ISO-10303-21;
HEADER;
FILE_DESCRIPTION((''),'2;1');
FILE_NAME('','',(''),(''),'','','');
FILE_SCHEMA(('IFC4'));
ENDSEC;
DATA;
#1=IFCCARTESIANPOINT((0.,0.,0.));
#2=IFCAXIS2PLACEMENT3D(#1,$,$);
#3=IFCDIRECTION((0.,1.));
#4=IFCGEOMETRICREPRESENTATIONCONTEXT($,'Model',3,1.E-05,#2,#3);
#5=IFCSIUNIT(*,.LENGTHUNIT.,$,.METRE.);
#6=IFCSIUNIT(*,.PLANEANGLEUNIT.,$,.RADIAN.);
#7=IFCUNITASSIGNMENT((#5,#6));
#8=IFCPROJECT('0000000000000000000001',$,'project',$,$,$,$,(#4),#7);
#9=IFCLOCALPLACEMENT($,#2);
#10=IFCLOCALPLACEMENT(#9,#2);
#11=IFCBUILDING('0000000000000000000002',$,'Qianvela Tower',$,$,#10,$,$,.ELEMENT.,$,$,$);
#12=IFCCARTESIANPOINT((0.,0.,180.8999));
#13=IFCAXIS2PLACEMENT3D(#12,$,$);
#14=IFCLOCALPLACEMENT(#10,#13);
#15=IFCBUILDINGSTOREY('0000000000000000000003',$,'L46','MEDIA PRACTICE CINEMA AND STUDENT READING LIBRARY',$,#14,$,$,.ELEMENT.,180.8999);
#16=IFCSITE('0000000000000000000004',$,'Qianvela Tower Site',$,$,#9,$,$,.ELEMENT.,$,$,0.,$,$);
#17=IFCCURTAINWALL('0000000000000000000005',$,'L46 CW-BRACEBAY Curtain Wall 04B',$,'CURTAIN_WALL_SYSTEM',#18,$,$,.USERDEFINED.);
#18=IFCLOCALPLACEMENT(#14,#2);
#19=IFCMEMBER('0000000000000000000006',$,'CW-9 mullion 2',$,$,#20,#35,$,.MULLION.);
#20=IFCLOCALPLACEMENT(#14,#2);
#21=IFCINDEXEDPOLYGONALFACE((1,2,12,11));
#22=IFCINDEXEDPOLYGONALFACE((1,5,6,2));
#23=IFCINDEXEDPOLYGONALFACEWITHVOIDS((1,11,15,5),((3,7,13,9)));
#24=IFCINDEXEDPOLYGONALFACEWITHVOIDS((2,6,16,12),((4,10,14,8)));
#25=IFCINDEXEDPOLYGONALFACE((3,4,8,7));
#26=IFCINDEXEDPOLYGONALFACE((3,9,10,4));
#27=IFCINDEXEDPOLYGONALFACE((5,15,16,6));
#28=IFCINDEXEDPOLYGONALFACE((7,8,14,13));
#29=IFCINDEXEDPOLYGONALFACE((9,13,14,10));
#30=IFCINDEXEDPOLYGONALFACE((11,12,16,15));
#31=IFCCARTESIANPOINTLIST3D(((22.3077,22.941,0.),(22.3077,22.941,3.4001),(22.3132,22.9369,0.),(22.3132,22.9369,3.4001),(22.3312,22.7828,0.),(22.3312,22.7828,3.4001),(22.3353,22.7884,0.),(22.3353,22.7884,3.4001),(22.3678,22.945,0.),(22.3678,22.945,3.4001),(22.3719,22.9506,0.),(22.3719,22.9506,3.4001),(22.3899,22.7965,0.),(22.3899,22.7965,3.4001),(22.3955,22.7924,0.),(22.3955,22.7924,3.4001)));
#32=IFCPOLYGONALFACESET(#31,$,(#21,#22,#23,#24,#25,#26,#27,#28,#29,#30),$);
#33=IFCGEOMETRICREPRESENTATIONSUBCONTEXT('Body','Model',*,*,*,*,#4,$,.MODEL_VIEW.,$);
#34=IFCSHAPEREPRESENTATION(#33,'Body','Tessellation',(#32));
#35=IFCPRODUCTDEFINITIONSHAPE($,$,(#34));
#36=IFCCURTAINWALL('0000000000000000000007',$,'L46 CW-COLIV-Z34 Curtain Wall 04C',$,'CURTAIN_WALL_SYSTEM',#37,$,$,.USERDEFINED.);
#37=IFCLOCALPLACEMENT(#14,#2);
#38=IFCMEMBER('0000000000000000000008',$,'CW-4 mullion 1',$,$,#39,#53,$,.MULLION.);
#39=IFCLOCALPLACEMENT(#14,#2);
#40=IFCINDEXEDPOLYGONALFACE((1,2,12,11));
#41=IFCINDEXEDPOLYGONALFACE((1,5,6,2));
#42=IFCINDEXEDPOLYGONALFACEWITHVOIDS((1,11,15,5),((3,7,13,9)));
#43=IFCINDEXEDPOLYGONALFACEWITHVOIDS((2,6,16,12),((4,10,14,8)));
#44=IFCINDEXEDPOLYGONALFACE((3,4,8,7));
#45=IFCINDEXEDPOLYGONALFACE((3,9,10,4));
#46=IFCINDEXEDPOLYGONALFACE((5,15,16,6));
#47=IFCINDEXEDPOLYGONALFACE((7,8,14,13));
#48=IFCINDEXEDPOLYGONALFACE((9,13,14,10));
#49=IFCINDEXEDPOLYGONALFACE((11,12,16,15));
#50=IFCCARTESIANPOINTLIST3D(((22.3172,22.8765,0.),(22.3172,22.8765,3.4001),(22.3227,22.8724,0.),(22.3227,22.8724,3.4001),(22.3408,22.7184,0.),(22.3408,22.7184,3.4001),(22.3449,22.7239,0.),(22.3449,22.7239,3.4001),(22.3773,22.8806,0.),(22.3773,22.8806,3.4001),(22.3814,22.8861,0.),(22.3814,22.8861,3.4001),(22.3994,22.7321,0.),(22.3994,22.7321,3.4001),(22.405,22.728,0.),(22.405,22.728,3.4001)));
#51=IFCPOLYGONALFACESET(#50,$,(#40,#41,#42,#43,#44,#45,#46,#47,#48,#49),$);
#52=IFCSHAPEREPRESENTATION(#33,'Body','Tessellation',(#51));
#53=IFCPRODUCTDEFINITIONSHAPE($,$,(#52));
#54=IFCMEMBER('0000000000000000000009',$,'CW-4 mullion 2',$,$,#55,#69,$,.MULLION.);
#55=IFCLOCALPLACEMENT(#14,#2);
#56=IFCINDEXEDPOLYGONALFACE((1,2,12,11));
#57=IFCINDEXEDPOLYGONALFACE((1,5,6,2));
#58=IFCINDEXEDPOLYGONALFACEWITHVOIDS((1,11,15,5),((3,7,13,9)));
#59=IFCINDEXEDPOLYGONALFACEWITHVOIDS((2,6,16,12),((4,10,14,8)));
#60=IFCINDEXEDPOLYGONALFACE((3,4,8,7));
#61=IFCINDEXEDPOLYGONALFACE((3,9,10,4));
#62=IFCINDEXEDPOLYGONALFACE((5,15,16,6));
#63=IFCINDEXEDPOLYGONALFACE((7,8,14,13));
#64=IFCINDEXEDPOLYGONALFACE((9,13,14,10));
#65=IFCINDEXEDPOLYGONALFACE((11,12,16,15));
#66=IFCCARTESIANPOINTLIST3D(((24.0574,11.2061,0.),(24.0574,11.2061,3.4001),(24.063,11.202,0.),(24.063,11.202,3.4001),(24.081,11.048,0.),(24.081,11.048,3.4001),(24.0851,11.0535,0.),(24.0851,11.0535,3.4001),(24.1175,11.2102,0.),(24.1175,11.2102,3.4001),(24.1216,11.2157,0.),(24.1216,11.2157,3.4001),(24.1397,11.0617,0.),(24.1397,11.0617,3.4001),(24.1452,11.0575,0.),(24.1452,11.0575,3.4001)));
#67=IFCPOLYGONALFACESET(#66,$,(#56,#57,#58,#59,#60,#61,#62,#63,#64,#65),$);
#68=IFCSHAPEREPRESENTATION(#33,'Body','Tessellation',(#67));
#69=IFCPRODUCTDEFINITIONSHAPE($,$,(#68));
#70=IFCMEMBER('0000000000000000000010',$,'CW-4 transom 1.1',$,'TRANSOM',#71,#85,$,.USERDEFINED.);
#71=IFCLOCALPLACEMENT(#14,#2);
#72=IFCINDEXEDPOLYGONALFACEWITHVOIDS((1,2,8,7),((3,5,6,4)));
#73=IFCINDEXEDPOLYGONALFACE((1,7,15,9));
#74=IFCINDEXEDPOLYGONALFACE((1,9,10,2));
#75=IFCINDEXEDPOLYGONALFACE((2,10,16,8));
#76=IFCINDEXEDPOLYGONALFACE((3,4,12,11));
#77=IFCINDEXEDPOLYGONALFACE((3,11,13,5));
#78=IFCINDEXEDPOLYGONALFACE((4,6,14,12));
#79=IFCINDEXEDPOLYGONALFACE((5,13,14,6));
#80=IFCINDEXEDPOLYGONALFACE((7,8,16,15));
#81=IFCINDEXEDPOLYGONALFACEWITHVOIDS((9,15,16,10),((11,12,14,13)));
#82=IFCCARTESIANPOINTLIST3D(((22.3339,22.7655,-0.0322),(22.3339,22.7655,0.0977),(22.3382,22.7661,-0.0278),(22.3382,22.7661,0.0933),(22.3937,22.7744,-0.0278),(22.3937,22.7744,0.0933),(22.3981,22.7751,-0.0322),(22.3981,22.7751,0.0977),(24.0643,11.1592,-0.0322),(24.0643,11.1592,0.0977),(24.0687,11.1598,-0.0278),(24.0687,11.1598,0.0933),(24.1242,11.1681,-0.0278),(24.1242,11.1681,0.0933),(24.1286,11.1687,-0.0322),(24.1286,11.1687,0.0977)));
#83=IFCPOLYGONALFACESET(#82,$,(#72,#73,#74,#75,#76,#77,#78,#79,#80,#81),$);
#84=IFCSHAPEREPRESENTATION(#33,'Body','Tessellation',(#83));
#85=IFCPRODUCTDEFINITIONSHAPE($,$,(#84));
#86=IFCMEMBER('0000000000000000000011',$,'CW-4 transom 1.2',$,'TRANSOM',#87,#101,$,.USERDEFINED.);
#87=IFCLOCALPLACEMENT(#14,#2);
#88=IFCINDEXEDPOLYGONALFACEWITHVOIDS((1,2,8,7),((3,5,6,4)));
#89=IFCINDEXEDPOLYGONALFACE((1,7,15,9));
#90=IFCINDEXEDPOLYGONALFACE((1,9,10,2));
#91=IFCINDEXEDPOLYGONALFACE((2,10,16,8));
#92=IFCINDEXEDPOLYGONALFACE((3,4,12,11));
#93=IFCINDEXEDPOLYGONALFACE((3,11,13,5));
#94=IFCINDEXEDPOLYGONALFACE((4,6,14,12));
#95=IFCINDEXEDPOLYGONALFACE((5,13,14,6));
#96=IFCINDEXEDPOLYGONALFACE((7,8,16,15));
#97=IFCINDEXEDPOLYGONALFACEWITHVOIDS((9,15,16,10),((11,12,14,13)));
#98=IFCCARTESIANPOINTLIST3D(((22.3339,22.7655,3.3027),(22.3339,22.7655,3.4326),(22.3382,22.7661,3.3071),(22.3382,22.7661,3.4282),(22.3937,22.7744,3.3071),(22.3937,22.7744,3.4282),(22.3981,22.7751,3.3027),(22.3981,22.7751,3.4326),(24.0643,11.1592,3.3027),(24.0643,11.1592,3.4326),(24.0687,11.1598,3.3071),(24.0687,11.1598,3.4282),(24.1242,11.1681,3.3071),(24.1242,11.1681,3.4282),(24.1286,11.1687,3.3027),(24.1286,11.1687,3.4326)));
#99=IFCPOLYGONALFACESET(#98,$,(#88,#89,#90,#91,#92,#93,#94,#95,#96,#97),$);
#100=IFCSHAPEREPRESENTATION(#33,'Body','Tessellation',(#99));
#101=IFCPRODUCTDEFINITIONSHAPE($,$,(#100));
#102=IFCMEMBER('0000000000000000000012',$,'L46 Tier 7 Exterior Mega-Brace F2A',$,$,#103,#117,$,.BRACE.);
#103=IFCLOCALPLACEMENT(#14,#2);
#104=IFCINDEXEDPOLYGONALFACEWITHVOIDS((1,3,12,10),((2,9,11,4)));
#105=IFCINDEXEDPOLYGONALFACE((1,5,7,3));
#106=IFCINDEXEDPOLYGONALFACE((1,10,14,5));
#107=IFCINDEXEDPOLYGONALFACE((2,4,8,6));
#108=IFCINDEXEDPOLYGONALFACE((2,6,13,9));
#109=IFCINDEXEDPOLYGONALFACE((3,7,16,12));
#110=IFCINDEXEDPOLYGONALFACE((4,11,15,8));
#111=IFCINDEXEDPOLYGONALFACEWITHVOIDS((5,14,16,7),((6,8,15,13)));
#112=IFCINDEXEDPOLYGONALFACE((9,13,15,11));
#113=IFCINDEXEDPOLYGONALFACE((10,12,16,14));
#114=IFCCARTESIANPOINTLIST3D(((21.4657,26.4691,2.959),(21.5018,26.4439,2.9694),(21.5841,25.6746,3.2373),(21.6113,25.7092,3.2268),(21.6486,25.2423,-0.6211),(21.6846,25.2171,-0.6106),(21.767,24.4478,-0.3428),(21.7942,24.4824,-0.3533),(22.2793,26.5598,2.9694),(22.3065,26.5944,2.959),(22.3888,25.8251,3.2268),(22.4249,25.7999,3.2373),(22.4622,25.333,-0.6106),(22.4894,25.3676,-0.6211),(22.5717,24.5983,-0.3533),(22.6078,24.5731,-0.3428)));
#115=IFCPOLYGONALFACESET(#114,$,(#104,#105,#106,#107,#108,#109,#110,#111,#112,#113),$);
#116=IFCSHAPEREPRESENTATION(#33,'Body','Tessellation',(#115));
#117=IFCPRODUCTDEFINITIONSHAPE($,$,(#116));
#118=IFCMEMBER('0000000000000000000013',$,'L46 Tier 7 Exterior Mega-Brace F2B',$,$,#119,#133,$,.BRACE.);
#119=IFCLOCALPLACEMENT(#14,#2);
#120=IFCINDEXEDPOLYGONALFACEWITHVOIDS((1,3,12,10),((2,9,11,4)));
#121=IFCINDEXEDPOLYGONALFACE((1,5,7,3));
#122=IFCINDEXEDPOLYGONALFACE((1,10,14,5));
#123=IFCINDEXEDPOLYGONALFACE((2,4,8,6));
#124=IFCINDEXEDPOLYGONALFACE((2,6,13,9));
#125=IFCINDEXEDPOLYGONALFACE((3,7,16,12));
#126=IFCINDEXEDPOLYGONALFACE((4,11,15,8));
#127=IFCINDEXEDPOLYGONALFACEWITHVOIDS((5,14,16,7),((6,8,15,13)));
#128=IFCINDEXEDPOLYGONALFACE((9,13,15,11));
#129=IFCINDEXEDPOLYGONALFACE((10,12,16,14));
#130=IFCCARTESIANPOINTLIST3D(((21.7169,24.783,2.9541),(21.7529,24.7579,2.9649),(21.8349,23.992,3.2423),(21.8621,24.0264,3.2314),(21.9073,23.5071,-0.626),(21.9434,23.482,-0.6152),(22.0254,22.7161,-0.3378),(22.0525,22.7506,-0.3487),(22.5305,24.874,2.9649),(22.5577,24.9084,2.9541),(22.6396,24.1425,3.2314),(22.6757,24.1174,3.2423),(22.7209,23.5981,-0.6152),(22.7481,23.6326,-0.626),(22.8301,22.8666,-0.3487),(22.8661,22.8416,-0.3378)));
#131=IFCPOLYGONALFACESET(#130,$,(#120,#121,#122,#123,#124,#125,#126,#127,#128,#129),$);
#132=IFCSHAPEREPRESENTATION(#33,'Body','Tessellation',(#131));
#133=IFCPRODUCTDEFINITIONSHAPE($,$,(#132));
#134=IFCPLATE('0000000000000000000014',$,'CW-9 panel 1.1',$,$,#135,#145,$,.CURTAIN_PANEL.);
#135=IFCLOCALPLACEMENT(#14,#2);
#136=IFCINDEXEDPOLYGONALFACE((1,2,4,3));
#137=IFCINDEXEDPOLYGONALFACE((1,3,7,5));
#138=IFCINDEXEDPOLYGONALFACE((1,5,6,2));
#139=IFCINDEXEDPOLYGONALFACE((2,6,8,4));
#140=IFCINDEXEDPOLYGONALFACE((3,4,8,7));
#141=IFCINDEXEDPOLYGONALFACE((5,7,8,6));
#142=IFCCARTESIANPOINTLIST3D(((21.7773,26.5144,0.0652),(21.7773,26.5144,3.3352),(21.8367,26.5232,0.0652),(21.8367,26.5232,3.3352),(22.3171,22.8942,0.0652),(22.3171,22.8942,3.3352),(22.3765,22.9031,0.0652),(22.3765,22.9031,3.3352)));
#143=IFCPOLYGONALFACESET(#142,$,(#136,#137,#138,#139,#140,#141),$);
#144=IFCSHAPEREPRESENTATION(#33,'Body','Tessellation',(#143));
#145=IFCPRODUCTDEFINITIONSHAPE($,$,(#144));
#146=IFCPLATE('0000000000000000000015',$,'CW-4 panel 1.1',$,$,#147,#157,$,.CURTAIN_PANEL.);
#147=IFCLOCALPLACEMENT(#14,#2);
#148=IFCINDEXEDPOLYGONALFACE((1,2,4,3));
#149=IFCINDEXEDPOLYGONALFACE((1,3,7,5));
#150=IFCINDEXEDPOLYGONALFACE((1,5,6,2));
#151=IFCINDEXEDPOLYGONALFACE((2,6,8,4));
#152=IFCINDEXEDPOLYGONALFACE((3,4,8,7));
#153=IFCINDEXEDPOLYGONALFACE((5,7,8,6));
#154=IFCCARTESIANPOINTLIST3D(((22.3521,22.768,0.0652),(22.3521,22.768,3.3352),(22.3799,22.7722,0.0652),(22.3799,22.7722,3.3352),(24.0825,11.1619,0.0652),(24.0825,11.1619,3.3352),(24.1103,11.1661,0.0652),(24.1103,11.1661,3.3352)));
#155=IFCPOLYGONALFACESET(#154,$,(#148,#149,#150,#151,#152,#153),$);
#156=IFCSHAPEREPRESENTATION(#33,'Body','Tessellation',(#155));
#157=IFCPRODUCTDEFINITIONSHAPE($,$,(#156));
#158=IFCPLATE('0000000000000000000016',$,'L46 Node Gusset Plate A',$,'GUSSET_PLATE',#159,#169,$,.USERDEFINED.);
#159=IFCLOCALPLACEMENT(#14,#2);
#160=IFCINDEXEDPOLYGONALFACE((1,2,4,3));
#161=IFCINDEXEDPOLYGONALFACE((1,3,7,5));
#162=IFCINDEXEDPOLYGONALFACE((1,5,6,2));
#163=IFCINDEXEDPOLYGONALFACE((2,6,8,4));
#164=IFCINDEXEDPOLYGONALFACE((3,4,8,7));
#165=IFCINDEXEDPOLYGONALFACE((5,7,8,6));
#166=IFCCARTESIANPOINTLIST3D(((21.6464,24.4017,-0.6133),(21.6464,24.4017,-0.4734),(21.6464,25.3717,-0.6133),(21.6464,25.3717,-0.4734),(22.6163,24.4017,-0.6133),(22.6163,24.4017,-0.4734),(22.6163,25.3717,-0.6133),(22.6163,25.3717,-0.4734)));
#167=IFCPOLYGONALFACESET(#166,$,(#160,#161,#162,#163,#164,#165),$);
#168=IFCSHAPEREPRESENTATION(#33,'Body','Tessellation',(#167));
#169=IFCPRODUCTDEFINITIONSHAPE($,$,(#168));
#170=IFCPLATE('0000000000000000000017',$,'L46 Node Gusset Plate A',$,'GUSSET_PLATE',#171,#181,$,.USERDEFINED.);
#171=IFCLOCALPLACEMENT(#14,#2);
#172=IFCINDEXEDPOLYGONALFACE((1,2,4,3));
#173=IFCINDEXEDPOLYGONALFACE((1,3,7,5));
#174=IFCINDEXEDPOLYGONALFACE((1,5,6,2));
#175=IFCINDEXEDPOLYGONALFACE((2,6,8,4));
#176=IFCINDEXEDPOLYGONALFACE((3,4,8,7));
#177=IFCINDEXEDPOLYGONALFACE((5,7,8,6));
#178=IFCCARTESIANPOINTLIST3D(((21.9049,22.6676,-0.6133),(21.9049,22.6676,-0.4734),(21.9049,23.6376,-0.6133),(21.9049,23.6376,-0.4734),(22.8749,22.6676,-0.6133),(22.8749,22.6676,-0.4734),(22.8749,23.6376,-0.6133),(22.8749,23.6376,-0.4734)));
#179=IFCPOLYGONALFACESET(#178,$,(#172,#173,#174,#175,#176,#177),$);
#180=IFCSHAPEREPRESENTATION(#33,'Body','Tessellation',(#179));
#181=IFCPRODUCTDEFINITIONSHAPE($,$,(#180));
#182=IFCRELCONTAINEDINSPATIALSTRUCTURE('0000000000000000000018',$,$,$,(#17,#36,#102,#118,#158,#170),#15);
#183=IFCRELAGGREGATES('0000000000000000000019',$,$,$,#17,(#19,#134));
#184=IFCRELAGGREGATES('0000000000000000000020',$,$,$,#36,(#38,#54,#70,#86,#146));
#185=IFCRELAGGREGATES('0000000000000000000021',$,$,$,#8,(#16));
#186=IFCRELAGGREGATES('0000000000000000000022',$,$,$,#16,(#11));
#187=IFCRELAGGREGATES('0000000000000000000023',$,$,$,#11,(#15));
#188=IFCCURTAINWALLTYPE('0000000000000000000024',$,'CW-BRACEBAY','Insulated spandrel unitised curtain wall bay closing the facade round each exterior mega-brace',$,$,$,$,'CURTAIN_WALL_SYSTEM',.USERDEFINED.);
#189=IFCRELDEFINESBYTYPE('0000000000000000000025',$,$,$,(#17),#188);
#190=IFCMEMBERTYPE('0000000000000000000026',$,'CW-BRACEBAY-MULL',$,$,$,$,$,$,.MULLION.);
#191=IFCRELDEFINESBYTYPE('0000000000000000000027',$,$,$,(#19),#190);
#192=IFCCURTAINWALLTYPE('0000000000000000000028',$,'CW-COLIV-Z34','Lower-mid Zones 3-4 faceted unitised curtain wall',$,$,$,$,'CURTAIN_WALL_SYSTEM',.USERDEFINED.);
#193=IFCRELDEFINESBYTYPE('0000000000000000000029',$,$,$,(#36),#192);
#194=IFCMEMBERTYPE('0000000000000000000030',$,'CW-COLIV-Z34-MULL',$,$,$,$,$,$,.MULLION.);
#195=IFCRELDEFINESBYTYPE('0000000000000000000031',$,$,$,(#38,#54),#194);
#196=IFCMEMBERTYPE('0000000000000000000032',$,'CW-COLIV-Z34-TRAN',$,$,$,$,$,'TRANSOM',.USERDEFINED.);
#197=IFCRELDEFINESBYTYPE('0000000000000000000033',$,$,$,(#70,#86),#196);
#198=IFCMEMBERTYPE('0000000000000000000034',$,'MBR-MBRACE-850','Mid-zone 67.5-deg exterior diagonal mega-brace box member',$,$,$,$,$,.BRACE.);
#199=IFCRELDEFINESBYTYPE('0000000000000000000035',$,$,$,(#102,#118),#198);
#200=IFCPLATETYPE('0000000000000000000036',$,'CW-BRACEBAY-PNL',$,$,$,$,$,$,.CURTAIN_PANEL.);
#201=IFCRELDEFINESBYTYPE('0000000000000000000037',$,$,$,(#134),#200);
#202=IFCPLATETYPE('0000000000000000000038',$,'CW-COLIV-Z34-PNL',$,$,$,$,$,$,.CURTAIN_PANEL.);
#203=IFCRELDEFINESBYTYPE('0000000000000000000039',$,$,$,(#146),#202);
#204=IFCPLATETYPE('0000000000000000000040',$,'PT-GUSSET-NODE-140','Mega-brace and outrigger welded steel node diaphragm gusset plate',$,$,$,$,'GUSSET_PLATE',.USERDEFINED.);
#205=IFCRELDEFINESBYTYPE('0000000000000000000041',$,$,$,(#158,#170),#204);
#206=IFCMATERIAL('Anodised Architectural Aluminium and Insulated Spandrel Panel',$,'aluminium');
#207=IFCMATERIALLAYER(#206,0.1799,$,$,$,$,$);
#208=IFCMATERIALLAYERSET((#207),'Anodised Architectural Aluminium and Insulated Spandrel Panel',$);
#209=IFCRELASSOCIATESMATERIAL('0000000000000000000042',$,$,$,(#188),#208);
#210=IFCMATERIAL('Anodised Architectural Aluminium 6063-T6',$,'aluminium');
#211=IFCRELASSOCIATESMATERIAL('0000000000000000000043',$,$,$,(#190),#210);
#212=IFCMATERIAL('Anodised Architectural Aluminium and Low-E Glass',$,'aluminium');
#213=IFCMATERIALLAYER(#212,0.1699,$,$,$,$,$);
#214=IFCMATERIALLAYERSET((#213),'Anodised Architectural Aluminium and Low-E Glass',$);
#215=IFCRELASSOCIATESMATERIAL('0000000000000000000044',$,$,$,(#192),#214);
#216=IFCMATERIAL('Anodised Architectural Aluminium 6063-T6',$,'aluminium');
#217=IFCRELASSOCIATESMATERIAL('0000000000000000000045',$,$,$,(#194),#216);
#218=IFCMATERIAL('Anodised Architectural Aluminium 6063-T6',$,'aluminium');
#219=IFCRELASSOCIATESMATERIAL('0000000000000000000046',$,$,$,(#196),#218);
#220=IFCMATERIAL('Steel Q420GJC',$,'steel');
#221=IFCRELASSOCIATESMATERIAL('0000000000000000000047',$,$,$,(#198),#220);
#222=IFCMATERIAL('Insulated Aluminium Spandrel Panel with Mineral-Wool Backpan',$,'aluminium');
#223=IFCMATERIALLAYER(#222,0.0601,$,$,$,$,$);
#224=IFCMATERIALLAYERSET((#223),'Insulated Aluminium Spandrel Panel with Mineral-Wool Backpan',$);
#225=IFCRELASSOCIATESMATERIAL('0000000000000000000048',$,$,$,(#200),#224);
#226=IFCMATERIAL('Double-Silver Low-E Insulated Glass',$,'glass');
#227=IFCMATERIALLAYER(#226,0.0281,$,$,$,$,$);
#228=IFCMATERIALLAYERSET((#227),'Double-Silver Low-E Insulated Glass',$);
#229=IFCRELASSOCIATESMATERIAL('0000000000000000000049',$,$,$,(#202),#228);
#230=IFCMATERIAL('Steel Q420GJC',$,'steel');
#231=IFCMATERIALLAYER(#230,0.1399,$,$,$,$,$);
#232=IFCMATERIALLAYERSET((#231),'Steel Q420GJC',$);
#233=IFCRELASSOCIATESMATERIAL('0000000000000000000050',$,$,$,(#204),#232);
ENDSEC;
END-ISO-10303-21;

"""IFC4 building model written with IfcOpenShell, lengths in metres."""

from ifc_helpers import new_model, si_unit, direction, frame, origin, origin_2d, place, context, subcontext, project, spatial, rectangle, hollow_rectangle, extrude, material, layer, layer_set, material_profile, profile_set, type_object, element, aggregate, save


model = new_model("IFC4")

# Units and contexts
model_context = context("Model", 3, precision=1e-05, world=origin(), true_north=direction((0.0, 1.0)))
body_context = subcontext(model_context, "Body", "Model", "MODEL_VIEW")
ifc_project = project(units=[si_unit("LENGTHUNIT", "METRE"), si_unit("PLANEANGLEUNIT", "RADIAN")], contexts=[model_context])

# Site, building, storey
site_placement = place(None, origin())
site = spatial("IfcSite", under=ifc_project, at=site_placement, Name="Qianvela Tower Site", CompositionType="ELEMENT", RefElevation=0.0)
building_placement = place(site_placement, origin())
building = spatial("IfcBuilding", under=site, at=building_placement, Name="Qianvela Tower", CompositionType="ELEMENT")
storey_placement = place(building_placement, frame((0.0, 0.0, 180.8999)))
storey = spatial("IfcBuildingStorey", under=building, at=storey_placement, Name="L46", Description="MEDIA PRACTICE CINEMA AND STUDENT READING LIBRARY", CompositionType="ELEMENT", Elevation=180.8999)

# Curtain wall, member
ifc_material_1 = material(Name="Anodised Architectural Aluminium and Insulated Spandrel Panel", Category="aluminium")
ifc_layer_1 = layer(ifc_material_1, 0.1799)
ifc_layer_set_1 = layer_set([ifc_layer_1], Name="Anodised Architectural Aluminium and Insulated Spandrel Panel")
curtain_wall_type_1 = type_object("IfcCurtainWallType", Name="CW-BRACEBAY", Description="Insulated spandrel unitised curtain wall bay closing the facade round each exterior mega-brace", ElementType="CURTAIN_WALL_SYSTEM", PredefinedType="USERDEFINED", material=ifc_layer_set_1)
curtain_wall_1_placement = place(storey_placement, origin())
curtain_wall_1 = element("IfcCurtainWall", 1, at=curtain_wall_1_placement, inside=storey, type_object=curtain_wall_type_1, Name="L46 CW-BRACEBAY Curtain Wall 04B", ObjectType="CURTAIN_WALL_SYSTEM", PredefinedType="USERDEFINED")
ifc_material_2 = material(Name="Anodised Architectural Aluminium 6063-T6", Category="aluminium")
ifc_material_profile_1 = material_profile(ifc_material_2, hollow_rectangle(XDim=0.0649, YDim=0.1599, WallThickness=0.0049, at=origin_2d()), Name="ALU-MULL-65x160")
ifc_profile_set_1 = profile_set([ifc_material_profile_1], Name="Anodised Architectural Aluminium 6063-T6")
member_type_1 = type_object("IfcMemberType", Name="CW-BRACEBAY-MULL", PredefinedType="MULLION", material=ifc_profile_set_1)
member_1_placement = place(storey_placement, frame((22.3516, 22.8667, 0.0), z_axis=(0.0, 0.0, 1.0), x_axis=(0.989067, 0.147466, 0.0)))
member_1 = element("IfcMember", 2, at=member_1_placement, type_object=member_type_1, Name="CW-9 mullion 2", PredefinedType="MULLION", context=body_context, shape_type="SweptSolid", body=[
    extrude(hollow_rectangle(XDim=0.0649, YDim=0.1599, WallThickness=0.0049, at=origin_2d()), origin(), (0.0, 0.0, 1.0), 3.4001),
])

# Curtain wall, members
ifc_material_3 = material(Name="Anodised Architectural Aluminium and Low-E Glass", Category="aluminium")
ifc_layer_2 = layer(ifc_material_3, 0.1699)
ifc_layer_set_2 = layer_set([ifc_layer_2], Name="Anodised Architectural Aluminium and Low-E Glass")
curtain_wall_type_2 = type_object("IfcCurtainWallType", Name="CW-COLIV-Z34", Description="Lower-mid Zones 3-4 faceted unitised curtain wall", ElementType="CURTAIN_WALL_SYSTEM", PredefinedType="USERDEFINED", material=ifc_layer_set_2)
curtain_wall_2_placement = place(storey_placement, origin())
curtain_wall_2 = element("IfcCurtainWall", 3, at=curtain_wall_2_placement, inside=storey, type_object=curtain_wall_type_2, Name="L46 CW-COLIV-Z34 Curtain Wall 04C", ObjectType="CURTAIN_WALL_SYSTEM", PredefinedType="USERDEFINED")
ifc_material_4 = material(Name="Anodised Architectural Aluminium 6063-T6", Category="aluminium")
ifc_material_profile_2 = material_profile(ifc_material_4, hollow_rectangle(XDim=0.0649, YDim=0.1599, WallThickness=0.0049, at=origin_2d()), Name="ALU-MULL-65x160")
ifc_profile_set_2 = profile_set([ifc_material_profile_2], Name="Anodised Architectural Aluminium 6063-T6")
member_type_2 = type_object("IfcMemberType", Name="CW-COLIV-Z34-MULL", PredefinedType="MULLION", material=ifc_profile_set_2)
member_2_placement = place(storey_placement, frame((22.3611, 22.8022, 0.0), z_axis=(0.0, 0.0, 1.0), x_axis=(0.989067, 0.147466, 0.0)))
member_2 = element("IfcMember", 4, at=member_2_placement, type_object=member_type_2, Name="CW-4 mullion 1", PredefinedType="MULLION", context=body_context, shape_type="SweptSolid", body=[
    extrude(hollow_rectangle(XDim=0.0649, YDim=0.1599, WallThickness=0.0049, at=origin_2d()), origin(), (0.0, 0.0, 1.0), 3.4001),
])
member_3_placement = place(storey_placement, frame((24.1013, 11.1318, 0.0), z_axis=(0.0, 0.0, 1.0), x_axis=(0.989067, 0.147466, 0.0)))
member_3 = element("IfcMember", 5, at=member_3_placement, type_object=member_type_2, Name="CW-4 mullion 2", PredefinedType="MULLION", context=body_context, shape_type="SweptSolid", body=[
    extrude(hollow_rectangle(XDim=0.0649, YDim=0.1599, WallThickness=0.0049, at=origin_2d()), origin(), (0.0, 0.0, 1.0), 3.4001),
])
ifc_material_5 = material(Name="Anodised Architectural Aluminium 6063-T6", Category="aluminium")
ifc_material_profile_3 = material_profile(ifc_material_5, hollow_rectangle(XDim=0.0649, YDim=0.1299, WallThickness=0.0044, at=origin_2d()), Name="ALU-TRAN-65x130")
ifc_profile_set_3 = profile_set([ifc_material_profile_3], Name="Anodised Architectural Aluminium 6063-T6")
member_type_3 = type_object("IfcMemberType", Name="CW-COLIV-Z34-TRAN", ElementType="TRANSOM", PredefinedType="USERDEFINED", material=ifc_profile_set_3)
member_4_placement = place(storey_placement, frame((22.366, 22.7703, 0.0327), z_axis=(0.147469, -0.989067, 0.0), x_axis=(0.989067, 0.147469, 0.0)))
member_4 = element("IfcMember", 6, at=member_4_placement, type_object=member_type_3, Name="CW-4 transom 1.1", ObjectType="TRANSOM", PredefinedType="USERDEFINED", context=body_context, shape_type="SweptSolid", body=[
    extrude(hollow_rectangle(XDim=0.0649, YDim=0.1299, WallThickness=0.0044, at=origin_2d()), origin(), (0.0, 0.0, 1.0), 11.7346),
])
member_5_placement = place(storey_placement, frame((22.366, 22.7703, 3.3677), z_axis=(0.147469, -0.989067, 0.0), x_axis=(0.989067, 0.147469, 0.0)))
member_5 = element("IfcMember", 7, at=member_5_placement, type_object=member_type_3, Name="CW-4 transom 1.2", ObjectType="TRANSOM", PredefinedType="USERDEFINED", context=body_context, shape_type="SweptSolid", body=[
    extrude(hollow_rectangle(XDim=0.0649, YDim=0.1299, WallThickness=0.0044, at=origin_2d()), origin(), (0.0, 0.0, 1.0), 11.7346),
])

# Members
ifc_material_6 = material(Name="Steel Q420GJC", Category="steel")
ifc_material_profile_4 = material_profile(ifc_material_6, hollow_rectangle(XDim=0.8501, YDim=0.8501, WallThickness=0.032, at=origin_2d()), Name="MBOX-850x850x32")
ifc_profile_set_4 = profile_set([ifc_material_profile_4], Name="Steel Q420GJC")
member_type_4 = type_object("IfcMemberType", Name="MBR-MBRACE-850", Description="Mid-zone 67.5-deg exterior diagonal mega-brace box member", PredefinedType="BRACE", material=ifc_profile_set_4)
member_6_placement = place(storey_placement, frame((22.1282, 24.9077, -0.4819), z_axis=(-0.048263, 0.323793, 0.944896), x_axis=(-0.989073, -0.147426, 0.0)))
element("IfcMember", 8, at=member_6_placement, inside=storey, type_object=member_type_4, Name="L46 Tier 7 Exterior Mega-Brace F2A", PredefinedType="BRACE", context=body_context, shape_type="SweptSolid", body=[
    extrude(hollow_rectangle(XDim=0.8501, YDim=0.8501, WallThickness=0.032, at=origin_2d()), origin(), (0.0, 0.0, 1.0), 3.7888),
])
member_7_placement = place(storey_placement, frame((22.3867, 23.1743, -0.4819), z_axis=(-0.050042, 0.335281, 0.940788), x_axis=(-0.989044, -0.147619, 0.0)))
element("IfcMember", 9, at=member_7_placement, inside=storey, type_object=member_type_4, Name="L46 Tier 7 Exterior Mega-Brace F2B", PredefinedType="BRACE", context=body_context, shape_type="SweptSolid", body=[
    extrude(hollow_rectangle(XDim=0.8501, YDim=0.8501, WallThickness=0.032, at=origin_2d()), origin(), (0.0, 0.0, 1.0), 3.8054),
])

# Plates
ifc_material_7 = material(Name="Insulated Aluminium Spandrel Panel with Mineral-Wool Backpan", Category="aluminium")
ifc_layer_3 = layer(ifc_material_7, 0.0601)
ifc_layer_set_3 = layer_set([ifc_layer_3], Name="Insulated Aluminium Spandrel Panel with Mineral-Wool Backpan")
plate_type_1 = type_object("IfcPlateType", Name="CW-BRACEBAY-PNL", PredefinedType="CURTAIN_PANEL", material=ifc_layer_set_3)
plate_1_placement = place(storey_placement, frame((22.0769, 24.7087, 0.0652), z_axis=(0.0, 0.0, 1.0), x_axis=(0.147466, -0.989067, 0.0)))
plate_1 = element("IfcPlate", 10, at=plate_1_placement, type_object=plate_type_1, Name="CW-9 panel 1.1", PredefinedType="CURTAIN_PANEL", context=body_context, shape_type="SweptSolid", body=[
    extrude(rectangle(XDim=3.6602, YDim=0.0601, at=origin_2d()), origin(), (0.0, 0.0, 1.0), 3.27),
])
aggregate(curtain_wall_1, [member_1, plate_1])
ifc_material_8 = material(Name="Double-Silver Low-E Insulated Glass", Category="glass")
ifc_layer_4 = layer(ifc_material_8, 0.0281)
ifc_layer_set_4 = layer_set([ifc_layer_4], Name="Double-Silver Low-E Insulated Glass")
plate_type_2 = type_object("IfcPlateType", Name="CW-COLIV-Z34-PNL", PredefinedType="CURTAIN_PANEL", material=ifc_layer_set_4)
plate_2_placement = place(storey_placement, frame((23.2312, 16.967, 0.0652), z_axis=(0.0, 0.0, 1.0), x_axis=(0.147466, -0.989067, 0.0)))
plate_2 = element("IfcPlate", 11, at=plate_2_placement, type_object=plate_type_2, Name="CW-4 panel 1.1", PredefinedType="CURTAIN_PANEL", context=body_context, shape_type="SweptSolid", body=[
    extrude(rectangle(XDim=11.7344, YDim=0.0281, at=origin_2d()), origin(), (0.0, 0.0, 1.0), 3.27),
])
aggregate(curtain_wall_2, [member_2, member_3, member_4, member_5, plate_2])

# Plates
ifc_material_9 = material(Name="Steel Q420GJC", Category="steel")
ifc_layer_5 = layer(ifc_material_9, 0.1399)
ifc_layer_set_5 = layer_set([ifc_layer_5], Name="Steel Q420GJC")
plate_type_3 = type_object("IfcPlateType", Name="PT-GUSSET-NODE-140", Description="Mega-brace and outrigger welded steel node diaphragm gusset plate", ElementType="GUSSET_PLATE", PredefinedType="USERDEFINED", material=ifc_layer_set_5)
for number, where, z_axis, x_axis, name in (
    (12, (22.1313, 24.8867, -0.6133), (0.0, 0.0, 1.0), (1.0, 0.0, 0.0), "L46 Node Gusset Plate A"),
    (13, (22.3899, 23.1526, -0.6133), (0.0, 0.0, 1.0), (1.0, 0.0, 0.0), "L46 Node Gusset Plate A"),
):
    element("IfcPlate", number, at=place(storey_placement, frame(where, z_axis=z_axis, x_axis=x_axis)), inside=storey, type_object=plate_type_3, Name=name, ObjectType="GUSSET_PLATE", PredefinedType="USERDEFINED", context=body_context, shape_type="SweptSolid", body=[
        extrude(rectangle(XDim=0.97, YDim=0.97, at=origin_2d()), origin(), (0.0, 0.0, 1.0), 0.1399),
    ])

save(model, "model.ifc")
